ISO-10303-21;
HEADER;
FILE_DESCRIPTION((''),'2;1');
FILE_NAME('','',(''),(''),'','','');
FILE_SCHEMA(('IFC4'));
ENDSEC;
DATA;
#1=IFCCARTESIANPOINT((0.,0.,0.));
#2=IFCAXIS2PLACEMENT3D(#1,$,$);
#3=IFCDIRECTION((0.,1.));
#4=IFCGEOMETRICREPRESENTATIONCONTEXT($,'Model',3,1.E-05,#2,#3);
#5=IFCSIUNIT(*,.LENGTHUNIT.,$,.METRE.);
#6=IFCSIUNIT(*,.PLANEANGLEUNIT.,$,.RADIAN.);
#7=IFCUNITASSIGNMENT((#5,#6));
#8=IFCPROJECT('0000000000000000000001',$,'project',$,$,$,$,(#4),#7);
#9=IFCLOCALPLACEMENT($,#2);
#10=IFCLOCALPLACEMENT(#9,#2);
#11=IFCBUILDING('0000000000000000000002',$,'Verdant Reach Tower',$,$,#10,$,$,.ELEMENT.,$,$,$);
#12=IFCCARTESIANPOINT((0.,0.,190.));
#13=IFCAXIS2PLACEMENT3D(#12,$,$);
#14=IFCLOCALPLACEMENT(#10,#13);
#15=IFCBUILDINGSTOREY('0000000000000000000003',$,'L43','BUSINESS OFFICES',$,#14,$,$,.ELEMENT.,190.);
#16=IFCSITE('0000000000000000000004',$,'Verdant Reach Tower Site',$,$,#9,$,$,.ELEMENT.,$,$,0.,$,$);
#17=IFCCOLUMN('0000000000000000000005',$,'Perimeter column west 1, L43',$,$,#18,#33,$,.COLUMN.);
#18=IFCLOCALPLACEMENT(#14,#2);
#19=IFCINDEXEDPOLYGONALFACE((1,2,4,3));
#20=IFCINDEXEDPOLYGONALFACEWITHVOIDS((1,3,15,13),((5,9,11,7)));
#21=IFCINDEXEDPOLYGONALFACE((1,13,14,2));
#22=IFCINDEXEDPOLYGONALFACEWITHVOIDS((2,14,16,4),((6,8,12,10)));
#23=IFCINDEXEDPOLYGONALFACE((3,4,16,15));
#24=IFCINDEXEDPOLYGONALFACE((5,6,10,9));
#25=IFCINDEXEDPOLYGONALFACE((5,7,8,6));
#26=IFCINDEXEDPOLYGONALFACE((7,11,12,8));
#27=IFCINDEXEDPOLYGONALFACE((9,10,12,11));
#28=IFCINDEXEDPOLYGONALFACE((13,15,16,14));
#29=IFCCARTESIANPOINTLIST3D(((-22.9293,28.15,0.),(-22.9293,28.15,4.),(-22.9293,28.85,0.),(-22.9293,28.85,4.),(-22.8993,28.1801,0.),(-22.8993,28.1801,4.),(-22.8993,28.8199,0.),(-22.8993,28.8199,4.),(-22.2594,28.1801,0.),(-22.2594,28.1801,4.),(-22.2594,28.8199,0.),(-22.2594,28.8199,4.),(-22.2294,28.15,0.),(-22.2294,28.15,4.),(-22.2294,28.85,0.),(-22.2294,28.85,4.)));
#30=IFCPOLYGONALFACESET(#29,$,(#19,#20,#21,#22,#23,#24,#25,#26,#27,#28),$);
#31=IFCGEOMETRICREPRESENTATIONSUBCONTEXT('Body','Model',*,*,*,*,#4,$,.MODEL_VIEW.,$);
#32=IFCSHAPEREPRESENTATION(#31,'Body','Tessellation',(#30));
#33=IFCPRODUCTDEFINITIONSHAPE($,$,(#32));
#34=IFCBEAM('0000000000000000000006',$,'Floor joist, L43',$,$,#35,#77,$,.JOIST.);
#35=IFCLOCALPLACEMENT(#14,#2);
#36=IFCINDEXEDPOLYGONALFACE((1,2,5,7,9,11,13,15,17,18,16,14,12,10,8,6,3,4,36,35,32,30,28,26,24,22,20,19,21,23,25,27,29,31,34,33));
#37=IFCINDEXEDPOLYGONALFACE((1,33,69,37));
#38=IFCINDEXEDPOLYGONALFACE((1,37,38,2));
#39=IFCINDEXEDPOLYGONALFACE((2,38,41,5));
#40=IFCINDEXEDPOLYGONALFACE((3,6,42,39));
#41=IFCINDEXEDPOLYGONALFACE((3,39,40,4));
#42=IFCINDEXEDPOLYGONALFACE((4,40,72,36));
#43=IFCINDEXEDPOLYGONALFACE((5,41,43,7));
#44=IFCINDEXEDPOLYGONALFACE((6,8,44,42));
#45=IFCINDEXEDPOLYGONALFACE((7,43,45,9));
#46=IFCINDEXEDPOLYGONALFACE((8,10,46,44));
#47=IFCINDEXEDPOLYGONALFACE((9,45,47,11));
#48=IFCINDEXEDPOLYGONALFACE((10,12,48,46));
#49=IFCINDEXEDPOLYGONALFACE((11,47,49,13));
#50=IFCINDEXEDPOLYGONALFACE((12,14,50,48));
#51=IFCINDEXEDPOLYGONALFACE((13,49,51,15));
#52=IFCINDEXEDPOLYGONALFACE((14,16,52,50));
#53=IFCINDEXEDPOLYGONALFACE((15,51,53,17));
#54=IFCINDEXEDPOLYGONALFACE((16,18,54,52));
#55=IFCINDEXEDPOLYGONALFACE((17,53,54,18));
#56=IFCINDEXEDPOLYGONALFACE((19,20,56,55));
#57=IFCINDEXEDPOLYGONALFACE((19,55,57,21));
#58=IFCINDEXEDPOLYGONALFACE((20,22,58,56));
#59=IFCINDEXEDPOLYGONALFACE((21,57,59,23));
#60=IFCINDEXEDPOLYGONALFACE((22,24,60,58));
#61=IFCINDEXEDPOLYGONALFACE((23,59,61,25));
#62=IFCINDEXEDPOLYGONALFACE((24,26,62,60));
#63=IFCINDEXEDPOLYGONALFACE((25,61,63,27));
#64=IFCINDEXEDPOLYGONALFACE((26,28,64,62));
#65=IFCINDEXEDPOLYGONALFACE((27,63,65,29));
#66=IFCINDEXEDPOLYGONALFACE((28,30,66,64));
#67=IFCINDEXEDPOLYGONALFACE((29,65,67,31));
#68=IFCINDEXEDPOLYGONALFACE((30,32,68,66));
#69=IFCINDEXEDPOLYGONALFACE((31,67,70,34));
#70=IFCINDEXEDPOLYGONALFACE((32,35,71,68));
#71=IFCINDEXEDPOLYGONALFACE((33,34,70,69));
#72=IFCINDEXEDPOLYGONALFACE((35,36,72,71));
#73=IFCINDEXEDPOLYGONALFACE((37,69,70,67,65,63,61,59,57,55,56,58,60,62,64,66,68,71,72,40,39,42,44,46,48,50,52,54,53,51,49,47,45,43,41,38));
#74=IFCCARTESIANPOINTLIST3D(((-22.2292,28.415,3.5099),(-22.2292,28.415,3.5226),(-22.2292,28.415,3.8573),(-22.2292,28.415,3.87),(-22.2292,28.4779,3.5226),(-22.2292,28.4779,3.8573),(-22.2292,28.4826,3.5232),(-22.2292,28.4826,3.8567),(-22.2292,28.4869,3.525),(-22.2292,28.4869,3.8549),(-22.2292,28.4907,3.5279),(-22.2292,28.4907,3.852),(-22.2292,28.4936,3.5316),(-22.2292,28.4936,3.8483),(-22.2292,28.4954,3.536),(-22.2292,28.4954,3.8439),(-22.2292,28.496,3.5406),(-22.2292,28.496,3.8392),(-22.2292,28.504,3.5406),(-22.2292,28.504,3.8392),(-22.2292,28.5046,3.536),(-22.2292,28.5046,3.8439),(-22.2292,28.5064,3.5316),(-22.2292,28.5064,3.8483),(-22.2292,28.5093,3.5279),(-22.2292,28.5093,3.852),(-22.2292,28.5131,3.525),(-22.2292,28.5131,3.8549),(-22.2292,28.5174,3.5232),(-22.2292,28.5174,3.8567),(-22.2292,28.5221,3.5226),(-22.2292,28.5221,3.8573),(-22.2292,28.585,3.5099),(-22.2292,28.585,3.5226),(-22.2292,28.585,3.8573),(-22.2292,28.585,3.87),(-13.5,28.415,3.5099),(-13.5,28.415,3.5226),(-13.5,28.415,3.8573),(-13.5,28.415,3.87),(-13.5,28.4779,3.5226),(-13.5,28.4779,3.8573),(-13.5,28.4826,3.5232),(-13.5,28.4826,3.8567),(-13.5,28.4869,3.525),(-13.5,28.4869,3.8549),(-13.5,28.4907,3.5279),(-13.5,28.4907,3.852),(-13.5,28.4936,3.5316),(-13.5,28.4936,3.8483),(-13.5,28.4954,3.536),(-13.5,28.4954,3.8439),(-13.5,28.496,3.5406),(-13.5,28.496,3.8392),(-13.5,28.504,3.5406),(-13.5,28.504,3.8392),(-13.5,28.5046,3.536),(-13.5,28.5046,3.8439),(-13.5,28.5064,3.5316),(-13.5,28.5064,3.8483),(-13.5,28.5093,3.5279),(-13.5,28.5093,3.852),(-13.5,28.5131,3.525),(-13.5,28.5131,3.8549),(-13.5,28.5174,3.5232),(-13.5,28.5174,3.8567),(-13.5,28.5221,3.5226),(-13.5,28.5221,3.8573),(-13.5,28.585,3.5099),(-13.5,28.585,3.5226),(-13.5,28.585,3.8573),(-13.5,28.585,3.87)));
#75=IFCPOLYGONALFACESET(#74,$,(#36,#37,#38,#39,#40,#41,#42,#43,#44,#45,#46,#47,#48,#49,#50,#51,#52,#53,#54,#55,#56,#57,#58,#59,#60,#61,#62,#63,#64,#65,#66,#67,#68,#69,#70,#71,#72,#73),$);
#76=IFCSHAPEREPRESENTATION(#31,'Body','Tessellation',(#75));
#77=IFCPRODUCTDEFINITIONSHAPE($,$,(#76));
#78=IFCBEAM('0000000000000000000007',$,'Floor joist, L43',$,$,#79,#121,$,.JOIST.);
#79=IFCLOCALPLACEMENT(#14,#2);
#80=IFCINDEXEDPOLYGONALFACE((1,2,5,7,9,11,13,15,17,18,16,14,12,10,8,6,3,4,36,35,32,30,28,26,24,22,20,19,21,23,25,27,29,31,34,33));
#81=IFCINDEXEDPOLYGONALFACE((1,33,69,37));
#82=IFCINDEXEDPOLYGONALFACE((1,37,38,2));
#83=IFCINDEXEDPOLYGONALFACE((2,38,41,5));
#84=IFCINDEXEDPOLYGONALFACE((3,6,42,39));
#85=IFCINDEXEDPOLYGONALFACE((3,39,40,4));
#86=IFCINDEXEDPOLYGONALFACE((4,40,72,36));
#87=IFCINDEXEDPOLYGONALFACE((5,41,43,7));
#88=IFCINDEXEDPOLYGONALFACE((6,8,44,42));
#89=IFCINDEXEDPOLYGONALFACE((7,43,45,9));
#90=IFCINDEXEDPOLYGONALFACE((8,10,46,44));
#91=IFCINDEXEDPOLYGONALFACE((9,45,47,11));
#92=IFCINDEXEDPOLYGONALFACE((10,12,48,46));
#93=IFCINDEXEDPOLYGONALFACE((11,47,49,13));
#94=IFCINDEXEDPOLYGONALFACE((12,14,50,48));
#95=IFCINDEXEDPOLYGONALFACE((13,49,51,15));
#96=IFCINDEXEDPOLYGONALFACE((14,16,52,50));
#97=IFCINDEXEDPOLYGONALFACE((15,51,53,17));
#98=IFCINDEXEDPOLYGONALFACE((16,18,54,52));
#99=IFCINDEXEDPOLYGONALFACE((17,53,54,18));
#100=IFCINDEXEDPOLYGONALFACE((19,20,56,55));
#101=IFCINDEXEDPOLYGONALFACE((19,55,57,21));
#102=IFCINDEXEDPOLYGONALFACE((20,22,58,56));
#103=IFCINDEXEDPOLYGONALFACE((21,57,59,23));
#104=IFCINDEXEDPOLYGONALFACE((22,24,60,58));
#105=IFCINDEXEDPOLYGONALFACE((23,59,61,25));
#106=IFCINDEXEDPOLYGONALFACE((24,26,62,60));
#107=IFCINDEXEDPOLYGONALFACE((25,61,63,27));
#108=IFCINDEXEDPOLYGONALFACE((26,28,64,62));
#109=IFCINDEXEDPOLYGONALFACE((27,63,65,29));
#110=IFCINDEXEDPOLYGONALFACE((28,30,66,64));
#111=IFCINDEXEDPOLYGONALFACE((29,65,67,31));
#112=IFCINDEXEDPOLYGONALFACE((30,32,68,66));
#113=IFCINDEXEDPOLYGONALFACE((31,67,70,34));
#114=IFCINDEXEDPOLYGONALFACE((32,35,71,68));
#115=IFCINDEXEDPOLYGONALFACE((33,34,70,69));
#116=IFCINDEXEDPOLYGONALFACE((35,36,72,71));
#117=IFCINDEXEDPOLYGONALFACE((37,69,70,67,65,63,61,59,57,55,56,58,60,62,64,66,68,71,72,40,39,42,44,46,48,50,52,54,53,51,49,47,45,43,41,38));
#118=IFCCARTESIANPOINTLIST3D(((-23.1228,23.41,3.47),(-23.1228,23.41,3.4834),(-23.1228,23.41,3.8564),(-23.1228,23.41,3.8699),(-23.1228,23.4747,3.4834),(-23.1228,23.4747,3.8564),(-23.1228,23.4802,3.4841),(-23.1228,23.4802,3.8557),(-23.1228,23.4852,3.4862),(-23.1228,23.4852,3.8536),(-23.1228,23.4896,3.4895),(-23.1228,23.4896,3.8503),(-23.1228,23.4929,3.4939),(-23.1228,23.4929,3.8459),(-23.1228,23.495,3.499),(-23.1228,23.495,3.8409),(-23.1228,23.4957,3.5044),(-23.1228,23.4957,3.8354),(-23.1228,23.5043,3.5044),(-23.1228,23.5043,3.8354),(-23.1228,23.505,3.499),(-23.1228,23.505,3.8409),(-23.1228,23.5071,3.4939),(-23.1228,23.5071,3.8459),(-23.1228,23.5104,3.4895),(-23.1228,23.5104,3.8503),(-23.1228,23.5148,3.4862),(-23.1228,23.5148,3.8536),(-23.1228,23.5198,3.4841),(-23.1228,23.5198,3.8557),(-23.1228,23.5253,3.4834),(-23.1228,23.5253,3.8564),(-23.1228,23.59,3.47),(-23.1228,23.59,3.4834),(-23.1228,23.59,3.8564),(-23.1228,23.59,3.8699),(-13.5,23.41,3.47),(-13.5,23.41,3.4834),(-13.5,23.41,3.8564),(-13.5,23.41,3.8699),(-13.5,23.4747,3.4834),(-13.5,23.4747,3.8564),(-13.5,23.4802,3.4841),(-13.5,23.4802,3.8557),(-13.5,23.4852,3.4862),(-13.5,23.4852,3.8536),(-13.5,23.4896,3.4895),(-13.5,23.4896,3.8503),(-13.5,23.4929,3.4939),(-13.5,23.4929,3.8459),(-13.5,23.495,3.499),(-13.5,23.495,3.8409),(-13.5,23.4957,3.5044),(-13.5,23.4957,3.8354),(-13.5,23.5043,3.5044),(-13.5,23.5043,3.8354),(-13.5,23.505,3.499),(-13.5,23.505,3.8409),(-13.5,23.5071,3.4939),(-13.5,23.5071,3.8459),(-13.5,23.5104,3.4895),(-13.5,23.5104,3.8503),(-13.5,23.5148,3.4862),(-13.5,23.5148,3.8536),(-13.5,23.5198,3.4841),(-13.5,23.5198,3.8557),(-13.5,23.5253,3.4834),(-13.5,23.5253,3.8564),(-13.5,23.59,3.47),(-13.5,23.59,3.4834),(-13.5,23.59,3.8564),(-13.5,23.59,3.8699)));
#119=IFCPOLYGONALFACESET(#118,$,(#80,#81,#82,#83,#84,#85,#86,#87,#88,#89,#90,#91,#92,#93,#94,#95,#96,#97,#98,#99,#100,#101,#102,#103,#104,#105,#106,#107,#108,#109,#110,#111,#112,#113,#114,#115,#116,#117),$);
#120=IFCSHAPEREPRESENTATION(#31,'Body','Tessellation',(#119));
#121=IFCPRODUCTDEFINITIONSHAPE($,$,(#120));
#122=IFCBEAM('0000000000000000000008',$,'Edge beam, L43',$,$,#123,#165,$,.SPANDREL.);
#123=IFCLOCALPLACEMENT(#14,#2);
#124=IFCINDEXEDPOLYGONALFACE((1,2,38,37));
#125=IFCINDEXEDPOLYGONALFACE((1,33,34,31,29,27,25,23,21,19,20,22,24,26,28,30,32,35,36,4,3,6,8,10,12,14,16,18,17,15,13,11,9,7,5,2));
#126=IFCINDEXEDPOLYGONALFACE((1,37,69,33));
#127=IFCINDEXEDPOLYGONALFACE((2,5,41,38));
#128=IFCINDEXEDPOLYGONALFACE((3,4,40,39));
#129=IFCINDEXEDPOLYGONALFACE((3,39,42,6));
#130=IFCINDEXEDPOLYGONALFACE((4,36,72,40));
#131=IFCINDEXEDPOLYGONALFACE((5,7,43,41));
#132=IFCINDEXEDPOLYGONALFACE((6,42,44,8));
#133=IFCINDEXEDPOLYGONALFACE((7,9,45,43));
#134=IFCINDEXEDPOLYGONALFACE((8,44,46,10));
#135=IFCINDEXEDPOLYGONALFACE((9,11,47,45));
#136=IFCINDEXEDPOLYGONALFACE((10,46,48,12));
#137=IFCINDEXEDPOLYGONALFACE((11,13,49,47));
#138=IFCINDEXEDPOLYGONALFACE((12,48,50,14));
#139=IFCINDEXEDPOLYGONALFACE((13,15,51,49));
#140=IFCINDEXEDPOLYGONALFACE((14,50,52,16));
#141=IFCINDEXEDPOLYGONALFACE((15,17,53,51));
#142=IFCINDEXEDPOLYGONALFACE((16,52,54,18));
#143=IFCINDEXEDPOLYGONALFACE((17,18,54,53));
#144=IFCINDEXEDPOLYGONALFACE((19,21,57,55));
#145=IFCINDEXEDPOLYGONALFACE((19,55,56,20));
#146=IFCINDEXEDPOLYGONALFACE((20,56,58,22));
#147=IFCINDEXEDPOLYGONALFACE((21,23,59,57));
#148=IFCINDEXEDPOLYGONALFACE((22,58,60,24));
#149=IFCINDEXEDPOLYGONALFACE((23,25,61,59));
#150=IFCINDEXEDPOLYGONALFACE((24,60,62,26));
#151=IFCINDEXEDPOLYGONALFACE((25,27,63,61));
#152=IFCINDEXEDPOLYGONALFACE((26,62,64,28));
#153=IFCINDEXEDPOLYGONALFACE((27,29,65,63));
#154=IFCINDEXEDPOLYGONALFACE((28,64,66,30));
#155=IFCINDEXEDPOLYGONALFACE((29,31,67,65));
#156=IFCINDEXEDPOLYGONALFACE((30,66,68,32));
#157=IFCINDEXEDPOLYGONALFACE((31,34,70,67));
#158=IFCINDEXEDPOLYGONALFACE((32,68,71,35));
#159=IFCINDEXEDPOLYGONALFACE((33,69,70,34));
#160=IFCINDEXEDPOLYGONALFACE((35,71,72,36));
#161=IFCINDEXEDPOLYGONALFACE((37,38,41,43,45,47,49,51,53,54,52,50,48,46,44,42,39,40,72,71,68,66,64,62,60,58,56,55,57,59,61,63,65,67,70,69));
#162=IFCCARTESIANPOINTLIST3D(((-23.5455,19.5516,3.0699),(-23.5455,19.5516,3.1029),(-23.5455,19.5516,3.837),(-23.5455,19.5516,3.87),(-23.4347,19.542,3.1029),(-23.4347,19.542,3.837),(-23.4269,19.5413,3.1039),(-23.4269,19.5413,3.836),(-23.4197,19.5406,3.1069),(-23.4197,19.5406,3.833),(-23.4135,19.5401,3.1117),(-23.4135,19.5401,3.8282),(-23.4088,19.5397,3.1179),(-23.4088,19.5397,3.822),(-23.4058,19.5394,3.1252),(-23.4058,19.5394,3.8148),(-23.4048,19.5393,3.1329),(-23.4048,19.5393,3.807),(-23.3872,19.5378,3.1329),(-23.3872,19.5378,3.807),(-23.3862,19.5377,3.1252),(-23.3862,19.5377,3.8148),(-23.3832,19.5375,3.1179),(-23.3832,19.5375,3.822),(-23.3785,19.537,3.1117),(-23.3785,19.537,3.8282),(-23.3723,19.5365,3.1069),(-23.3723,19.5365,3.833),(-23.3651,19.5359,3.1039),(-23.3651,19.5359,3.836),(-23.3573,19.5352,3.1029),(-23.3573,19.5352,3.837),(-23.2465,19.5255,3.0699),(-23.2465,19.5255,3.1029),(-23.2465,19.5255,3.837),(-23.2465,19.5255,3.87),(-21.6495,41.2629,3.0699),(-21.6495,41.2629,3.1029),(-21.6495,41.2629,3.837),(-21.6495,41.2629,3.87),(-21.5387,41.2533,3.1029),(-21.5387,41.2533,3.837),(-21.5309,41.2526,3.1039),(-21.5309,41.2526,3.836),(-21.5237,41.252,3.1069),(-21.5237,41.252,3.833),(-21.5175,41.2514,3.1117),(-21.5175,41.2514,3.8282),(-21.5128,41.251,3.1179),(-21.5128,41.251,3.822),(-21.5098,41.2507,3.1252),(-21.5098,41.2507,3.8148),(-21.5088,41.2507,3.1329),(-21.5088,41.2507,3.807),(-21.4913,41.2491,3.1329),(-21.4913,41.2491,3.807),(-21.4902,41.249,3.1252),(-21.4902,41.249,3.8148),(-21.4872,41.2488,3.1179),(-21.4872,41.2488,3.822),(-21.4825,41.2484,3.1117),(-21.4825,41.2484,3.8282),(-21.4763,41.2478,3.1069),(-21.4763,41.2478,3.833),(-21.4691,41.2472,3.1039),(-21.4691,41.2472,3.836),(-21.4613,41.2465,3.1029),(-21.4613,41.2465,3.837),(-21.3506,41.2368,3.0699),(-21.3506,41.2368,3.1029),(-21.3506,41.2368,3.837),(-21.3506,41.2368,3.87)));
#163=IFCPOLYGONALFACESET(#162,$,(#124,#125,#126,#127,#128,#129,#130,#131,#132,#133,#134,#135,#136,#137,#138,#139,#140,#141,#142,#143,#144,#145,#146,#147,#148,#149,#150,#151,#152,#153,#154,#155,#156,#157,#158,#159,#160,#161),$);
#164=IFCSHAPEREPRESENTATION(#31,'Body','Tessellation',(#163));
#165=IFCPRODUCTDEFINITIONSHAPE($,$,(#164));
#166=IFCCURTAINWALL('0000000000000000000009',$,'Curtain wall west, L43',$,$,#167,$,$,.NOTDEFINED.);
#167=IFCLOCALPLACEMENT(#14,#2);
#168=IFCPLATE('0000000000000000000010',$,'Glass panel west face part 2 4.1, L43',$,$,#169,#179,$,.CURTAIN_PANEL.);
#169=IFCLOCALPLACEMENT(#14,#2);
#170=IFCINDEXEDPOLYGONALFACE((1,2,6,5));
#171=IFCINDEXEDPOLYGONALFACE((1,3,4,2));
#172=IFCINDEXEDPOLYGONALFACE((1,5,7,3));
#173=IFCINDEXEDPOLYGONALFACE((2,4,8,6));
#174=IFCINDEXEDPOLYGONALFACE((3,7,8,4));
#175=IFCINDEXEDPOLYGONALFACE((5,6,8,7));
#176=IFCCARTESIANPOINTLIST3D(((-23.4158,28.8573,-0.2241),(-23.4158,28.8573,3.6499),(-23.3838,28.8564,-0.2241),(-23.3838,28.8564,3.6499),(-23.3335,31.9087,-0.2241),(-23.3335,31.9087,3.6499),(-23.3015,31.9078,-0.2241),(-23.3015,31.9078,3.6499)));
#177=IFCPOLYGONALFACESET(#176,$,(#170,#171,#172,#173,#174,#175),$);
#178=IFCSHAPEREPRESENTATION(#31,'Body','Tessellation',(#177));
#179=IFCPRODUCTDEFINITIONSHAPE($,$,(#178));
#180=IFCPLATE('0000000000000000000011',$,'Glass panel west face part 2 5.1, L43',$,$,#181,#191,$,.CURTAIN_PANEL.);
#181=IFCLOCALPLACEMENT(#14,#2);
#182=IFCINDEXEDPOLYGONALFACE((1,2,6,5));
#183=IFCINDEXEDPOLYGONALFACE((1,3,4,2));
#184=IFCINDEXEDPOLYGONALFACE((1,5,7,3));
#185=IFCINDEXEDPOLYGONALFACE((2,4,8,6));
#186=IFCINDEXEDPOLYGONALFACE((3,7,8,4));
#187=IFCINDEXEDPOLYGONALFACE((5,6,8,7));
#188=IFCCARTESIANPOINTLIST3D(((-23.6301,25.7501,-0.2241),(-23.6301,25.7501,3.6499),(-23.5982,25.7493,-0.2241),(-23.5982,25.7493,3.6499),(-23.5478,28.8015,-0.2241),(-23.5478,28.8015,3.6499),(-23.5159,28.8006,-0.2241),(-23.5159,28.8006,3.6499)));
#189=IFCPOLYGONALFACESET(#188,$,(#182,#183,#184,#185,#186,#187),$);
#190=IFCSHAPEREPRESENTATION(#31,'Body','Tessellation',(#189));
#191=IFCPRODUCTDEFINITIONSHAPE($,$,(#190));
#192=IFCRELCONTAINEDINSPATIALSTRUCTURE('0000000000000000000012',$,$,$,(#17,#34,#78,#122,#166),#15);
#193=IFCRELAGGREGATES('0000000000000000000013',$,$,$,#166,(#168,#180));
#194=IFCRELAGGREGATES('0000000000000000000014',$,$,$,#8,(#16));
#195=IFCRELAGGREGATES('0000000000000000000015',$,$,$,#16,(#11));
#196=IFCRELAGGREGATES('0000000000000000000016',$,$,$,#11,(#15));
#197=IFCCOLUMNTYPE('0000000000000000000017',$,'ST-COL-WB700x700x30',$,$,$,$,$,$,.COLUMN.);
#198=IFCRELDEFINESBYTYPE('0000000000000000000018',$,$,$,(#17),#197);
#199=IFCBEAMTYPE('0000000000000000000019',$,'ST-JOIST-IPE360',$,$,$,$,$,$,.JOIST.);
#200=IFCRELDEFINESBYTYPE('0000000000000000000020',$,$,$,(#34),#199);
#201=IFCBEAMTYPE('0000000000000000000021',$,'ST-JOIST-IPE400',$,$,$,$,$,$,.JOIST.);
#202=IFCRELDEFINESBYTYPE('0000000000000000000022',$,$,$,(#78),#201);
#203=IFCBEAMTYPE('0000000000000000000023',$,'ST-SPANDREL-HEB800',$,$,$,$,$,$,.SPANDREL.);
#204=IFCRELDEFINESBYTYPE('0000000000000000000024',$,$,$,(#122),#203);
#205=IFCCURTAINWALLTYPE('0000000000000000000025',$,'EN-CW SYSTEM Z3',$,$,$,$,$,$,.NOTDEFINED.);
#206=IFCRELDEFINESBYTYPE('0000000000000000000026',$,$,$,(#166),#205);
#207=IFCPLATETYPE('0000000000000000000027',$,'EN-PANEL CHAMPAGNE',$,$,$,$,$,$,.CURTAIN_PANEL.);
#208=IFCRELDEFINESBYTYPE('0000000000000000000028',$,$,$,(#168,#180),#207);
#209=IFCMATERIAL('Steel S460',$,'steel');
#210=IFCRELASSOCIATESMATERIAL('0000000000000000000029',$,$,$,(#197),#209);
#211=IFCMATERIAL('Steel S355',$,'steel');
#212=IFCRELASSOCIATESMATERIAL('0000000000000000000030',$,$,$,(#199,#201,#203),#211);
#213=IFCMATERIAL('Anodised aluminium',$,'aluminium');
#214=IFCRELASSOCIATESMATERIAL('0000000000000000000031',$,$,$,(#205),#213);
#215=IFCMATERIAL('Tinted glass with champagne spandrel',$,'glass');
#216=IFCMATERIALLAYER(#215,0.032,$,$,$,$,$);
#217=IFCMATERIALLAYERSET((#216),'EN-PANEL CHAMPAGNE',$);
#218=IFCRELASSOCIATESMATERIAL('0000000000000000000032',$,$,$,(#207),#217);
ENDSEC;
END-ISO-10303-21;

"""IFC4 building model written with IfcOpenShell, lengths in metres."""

from ifc_helpers import new_model, si_unit, direction, frame, origin, origin_2d, place, context, subcontext, project, spatial, rectangle, hollow_rectangle, i_section, extrude, material, layer, layer_set, material_profile, profile_set, type_object, element, aggregate, save


model = new_model("IFC4")

# Units and contexts
model_context = context("Model", 3, precision=1e-05, world=origin(), true_north=direction((0.0, 1.0)))
body_context = subcontext(model_context, "Body", "Model", "MODEL_VIEW")
ifc_project = project(units=[si_unit("LENGTHUNIT", "METRE"), si_unit("PLANEANGLEUNIT", "RADIAN")], contexts=[model_context])

# Site, building, storey
site_placement = place(None, origin())
site = spatial("IfcSite", under=ifc_project, at=site_placement, Name="Verdant Reach Tower Site", CompositionType="ELEMENT", RefElevation=0.0)
building_placement = place(site_placement, origin())
building = spatial("IfcBuilding", under=site, at=building_placement, Name="Verdant Reach Tower", CompositionType="ELEMENT")
storey_placement = place(building_placement, frame((0.0, 0.0, 190.0)))
storey = spatial("IfcBuildingStorey", under=building, at=storey_placement, Name="L43", Description="BUSINESS OFFICES", CompositionType="ELEMENT", Elevation=190.0)

# Column
ifc_material_1 = material(Name="Steel S460", Category="steel")
ifc_material_profile_1 = material_profile(ifc_material_1, hollow_rectangle(XDim=0.7, YDim=0.7, WallThickness=0.03, at=origin_2d()), Name="WB 700x700x30")
ifc_profile_set_1 = profile_set([ifc_material_profile_1], Name="Steel S460")
column_type = type_object("IfcColumnType", Name="ST-COL-WB700x700x30", PredefinedType="COLUMN", material=ifc_profile_set_1)
column_placement = place(storey_placement, frame((-22.5793, 28.5, 0.0), z_axis=(0.0, 0.0, 1.0), x_axis=(1.0, 0.0, 0.0)))
element("IfcColumn", 1, at=column_placement, inside=storey, type_object=column_type, Name="Perimeter column west 1, L43", PredefinedType="COLUMN", context=body_context, shape_type="SweptSolid", body=[
    extrude(hollow_rectangle(XDim=0.7, YDim=0.7, WallThickness=0.03, at=origin_2d()), origin(), (0.0, 0.0, 1.0), 4.0),
])

# Beams
ifc_material_2 = material(Name="Steel S355", Category="steel")
ifc_material_profile_2 = material_profile(ifc_material_2, i_section(OverallWidth=0.1699, OverallDepth=0.3601, WebThickness=0.0081, FlangeThickness=0.0127, FilletRadius=0.0181, at=origin_2d()), Name="IPE 360")
ifc_profile_set_2 = profile_set([ifc_material_profile_2], Name="Steel S355")
beam_type_1 = type_object("IfcBeamType", Name="ST-JOIST-IPE360", PredefinedType="JOIST", material=ifc_profile_set_2)
beam_1_placement = place(storey_placement, frame((-13.5, 28.5, 3.6899), z_axis=(-1.0, 0.0, 0.0), x_axis=(0.0, -1.0, 0.0)))
element("IfcBeam", 2, at=beam_1_placement, inside=storey, type_object=beam_type_1, Name="Floor joist, L43", PredefinedType="JOIST", context=body_context, shape_type="SweptSolid", body=[
    extrude(i_section(OverallWidth=0.1699, OverallDepth=0.3601, WebThickness=0.0081, FlangeThickness=0.0127, FilletRadius=0.0181, at=origin_2d()), origin(), (0.0, 0.0, 1.0), 8.7292),
])
ifc_material_profile_3 = material_profile(ifc_material_2, i_section(OverallWidth=0.1799, OverallDepth=0.3999, WebThickness=0.0085, FlangeThickness=0.0134, FilletRadius=0.021, at=origin_2d()), Name="IPE 400")
ifc_profile_set_3 = profile_set([ifc_material_profile_3], Name="Steel S355")
beam_type_2 = type_object("IfcBeamType", Name="ST-JOIST-IPE400", PredefinedType="JOIST", material=ifc_profile_set_3)
beam_2_placement = place(storey_placement, frame((-13.5, 23.5, 3.6699), z_axis=(-1.0, 0.0, 0.0), x_axis=(0.0, -1.0, 0.0)))
element("IfcBeam", 3, at=beam_2_placement, inside=storey, type_object=beam_type_2, Name="Floor joist, L43", PredefinedType="JOIST", context=body_context, shape_type="SweptSolid", body=[
    extrude(i_section(OverallWidth=0.1799, OverallDepth=0.3999, WebThickness=0.0085, FlangeThickness=0.0134, FilletRadius=0.021, at=origin_2d()), origin(), (0.0, 0.0, 1.0), 9.6228),
])
ifc_material_profile_4 = material_profile(ifc_material_2, i_section(OverallWidth=0.3, OverallDepth=0.8, WebThickness=0.0176, FlangeThickness=0.033, FilletRadius=0.03, at=origin_2d()), Name="HEB 800")
ifc_profile_set_4 = profile_set([ifc_material_profile_4], Name="Steel S355")
beam_type_3 = type_object("IfcBeamType", Name="ST-SPANDREL-HEB800", PredefinedType="SPANDREL", material=ifc_profile_set_4)
beam_3_placement = place(storey_placement, frame((-23.396, 19.5386, 3.47), z_axis=(0.086996, 0.996209, 0.0), x_axis=(-0.996209, 0.086996, 0.0)))
element("IfcBeam", 4, at=beam_3_placement, inside=storey, type_object=beam_type_3, Name="Edge beam, L43", PredefinedType="SPANDREL", context=body_context, shape_type="SweptSolid", body=[
    extrude(i_section(OverallWidth=0.3, OverallDepth=0.8, WebThickness=0.0176, FlangeThickness=0.033, FilletRadius=0.03, at=origin_2d()), origin(), (0.0, 0.0, 1.0), 21.7939),
])

# Curtain wall, plates
ifc_material_3 = material(Name="Anodised aluminium", Category="aluminium")
curtain_wall_type = type_object("IfcCurtainWallType", Name="EN-CW SYSTEM Z3", PredefinedType="NOTDEFINED", material=ifc_material_3)
curtain_wall_placement = place(storey_placement, origin())
curtain_wall = element("IfcCurtainWall", 5, at=curtain_wall_placement, inside=storey, type_object=curtain_wall_type, Name="Curtain wall west, L43", PredefinedType="NOTDEFINED")
ifc_material_4 = material(Name="Tinted glass with champagne spandrel", Category="glass")
ifc_layer_1 = layer(ifc_material_4, 0.032)
ifc_layer_set_1 = layer_set([ifc_layer_1], Name="EN-PANEL CHAMPAGNE")
plate_type_1 = type_object("IfcPlateType", Name="EN-PANEL CHAMPAGNE", PredefinedType="CURTAIN_PANEL", material=ifc_layer_set_1)
plate_1_placement = place(storey_placement, frame((-23.3586, 30.3826, -0.2241), z_axis=(0.0, 0.0, 1.0), x_axis=(-0.026965, -0.999636, 0.0)))
plate_1 = element("IfcPlate", 6, at=plate_1_placement, type_object=plate_type_1, Name="Glass panel west face part 2 4.1, L43", PredefinedType="CURTAIN_PANEL", context=body_context, shape_type="SweptSolid", body=[
    extrude(rectangle(XDim=3.0525, YDim=0.032, at=origin_2d()), origin(), (0.0, 0.0, 1.0), 3.874),
])
plate_2_placement = place(storey_placement, frame((-23.573, 27.2754, -0.2241), z_axis=(0.0, 0.0, 1.0), x_axis=(-0.026965, -0.999636, 0.0)))
plate_2 = element("IfcPlate", 7, at=plate_2_placement, type_object=plate_type_1, Name="Glass panel west face part 2 5.1, L43", PredefinedType="CURTAIN_PANEL", context=body_context, shape_type="SweptSolid", body=[
    extrude(rectangle(XDim=3.0525, YDim=0.032, at=origin_2d()), origin(), (0.0, 0.0, 1.0), 3.874),
])
aggregate(curtain_wall, [plate_1, plate_2])

save(model, "model.ifc")
